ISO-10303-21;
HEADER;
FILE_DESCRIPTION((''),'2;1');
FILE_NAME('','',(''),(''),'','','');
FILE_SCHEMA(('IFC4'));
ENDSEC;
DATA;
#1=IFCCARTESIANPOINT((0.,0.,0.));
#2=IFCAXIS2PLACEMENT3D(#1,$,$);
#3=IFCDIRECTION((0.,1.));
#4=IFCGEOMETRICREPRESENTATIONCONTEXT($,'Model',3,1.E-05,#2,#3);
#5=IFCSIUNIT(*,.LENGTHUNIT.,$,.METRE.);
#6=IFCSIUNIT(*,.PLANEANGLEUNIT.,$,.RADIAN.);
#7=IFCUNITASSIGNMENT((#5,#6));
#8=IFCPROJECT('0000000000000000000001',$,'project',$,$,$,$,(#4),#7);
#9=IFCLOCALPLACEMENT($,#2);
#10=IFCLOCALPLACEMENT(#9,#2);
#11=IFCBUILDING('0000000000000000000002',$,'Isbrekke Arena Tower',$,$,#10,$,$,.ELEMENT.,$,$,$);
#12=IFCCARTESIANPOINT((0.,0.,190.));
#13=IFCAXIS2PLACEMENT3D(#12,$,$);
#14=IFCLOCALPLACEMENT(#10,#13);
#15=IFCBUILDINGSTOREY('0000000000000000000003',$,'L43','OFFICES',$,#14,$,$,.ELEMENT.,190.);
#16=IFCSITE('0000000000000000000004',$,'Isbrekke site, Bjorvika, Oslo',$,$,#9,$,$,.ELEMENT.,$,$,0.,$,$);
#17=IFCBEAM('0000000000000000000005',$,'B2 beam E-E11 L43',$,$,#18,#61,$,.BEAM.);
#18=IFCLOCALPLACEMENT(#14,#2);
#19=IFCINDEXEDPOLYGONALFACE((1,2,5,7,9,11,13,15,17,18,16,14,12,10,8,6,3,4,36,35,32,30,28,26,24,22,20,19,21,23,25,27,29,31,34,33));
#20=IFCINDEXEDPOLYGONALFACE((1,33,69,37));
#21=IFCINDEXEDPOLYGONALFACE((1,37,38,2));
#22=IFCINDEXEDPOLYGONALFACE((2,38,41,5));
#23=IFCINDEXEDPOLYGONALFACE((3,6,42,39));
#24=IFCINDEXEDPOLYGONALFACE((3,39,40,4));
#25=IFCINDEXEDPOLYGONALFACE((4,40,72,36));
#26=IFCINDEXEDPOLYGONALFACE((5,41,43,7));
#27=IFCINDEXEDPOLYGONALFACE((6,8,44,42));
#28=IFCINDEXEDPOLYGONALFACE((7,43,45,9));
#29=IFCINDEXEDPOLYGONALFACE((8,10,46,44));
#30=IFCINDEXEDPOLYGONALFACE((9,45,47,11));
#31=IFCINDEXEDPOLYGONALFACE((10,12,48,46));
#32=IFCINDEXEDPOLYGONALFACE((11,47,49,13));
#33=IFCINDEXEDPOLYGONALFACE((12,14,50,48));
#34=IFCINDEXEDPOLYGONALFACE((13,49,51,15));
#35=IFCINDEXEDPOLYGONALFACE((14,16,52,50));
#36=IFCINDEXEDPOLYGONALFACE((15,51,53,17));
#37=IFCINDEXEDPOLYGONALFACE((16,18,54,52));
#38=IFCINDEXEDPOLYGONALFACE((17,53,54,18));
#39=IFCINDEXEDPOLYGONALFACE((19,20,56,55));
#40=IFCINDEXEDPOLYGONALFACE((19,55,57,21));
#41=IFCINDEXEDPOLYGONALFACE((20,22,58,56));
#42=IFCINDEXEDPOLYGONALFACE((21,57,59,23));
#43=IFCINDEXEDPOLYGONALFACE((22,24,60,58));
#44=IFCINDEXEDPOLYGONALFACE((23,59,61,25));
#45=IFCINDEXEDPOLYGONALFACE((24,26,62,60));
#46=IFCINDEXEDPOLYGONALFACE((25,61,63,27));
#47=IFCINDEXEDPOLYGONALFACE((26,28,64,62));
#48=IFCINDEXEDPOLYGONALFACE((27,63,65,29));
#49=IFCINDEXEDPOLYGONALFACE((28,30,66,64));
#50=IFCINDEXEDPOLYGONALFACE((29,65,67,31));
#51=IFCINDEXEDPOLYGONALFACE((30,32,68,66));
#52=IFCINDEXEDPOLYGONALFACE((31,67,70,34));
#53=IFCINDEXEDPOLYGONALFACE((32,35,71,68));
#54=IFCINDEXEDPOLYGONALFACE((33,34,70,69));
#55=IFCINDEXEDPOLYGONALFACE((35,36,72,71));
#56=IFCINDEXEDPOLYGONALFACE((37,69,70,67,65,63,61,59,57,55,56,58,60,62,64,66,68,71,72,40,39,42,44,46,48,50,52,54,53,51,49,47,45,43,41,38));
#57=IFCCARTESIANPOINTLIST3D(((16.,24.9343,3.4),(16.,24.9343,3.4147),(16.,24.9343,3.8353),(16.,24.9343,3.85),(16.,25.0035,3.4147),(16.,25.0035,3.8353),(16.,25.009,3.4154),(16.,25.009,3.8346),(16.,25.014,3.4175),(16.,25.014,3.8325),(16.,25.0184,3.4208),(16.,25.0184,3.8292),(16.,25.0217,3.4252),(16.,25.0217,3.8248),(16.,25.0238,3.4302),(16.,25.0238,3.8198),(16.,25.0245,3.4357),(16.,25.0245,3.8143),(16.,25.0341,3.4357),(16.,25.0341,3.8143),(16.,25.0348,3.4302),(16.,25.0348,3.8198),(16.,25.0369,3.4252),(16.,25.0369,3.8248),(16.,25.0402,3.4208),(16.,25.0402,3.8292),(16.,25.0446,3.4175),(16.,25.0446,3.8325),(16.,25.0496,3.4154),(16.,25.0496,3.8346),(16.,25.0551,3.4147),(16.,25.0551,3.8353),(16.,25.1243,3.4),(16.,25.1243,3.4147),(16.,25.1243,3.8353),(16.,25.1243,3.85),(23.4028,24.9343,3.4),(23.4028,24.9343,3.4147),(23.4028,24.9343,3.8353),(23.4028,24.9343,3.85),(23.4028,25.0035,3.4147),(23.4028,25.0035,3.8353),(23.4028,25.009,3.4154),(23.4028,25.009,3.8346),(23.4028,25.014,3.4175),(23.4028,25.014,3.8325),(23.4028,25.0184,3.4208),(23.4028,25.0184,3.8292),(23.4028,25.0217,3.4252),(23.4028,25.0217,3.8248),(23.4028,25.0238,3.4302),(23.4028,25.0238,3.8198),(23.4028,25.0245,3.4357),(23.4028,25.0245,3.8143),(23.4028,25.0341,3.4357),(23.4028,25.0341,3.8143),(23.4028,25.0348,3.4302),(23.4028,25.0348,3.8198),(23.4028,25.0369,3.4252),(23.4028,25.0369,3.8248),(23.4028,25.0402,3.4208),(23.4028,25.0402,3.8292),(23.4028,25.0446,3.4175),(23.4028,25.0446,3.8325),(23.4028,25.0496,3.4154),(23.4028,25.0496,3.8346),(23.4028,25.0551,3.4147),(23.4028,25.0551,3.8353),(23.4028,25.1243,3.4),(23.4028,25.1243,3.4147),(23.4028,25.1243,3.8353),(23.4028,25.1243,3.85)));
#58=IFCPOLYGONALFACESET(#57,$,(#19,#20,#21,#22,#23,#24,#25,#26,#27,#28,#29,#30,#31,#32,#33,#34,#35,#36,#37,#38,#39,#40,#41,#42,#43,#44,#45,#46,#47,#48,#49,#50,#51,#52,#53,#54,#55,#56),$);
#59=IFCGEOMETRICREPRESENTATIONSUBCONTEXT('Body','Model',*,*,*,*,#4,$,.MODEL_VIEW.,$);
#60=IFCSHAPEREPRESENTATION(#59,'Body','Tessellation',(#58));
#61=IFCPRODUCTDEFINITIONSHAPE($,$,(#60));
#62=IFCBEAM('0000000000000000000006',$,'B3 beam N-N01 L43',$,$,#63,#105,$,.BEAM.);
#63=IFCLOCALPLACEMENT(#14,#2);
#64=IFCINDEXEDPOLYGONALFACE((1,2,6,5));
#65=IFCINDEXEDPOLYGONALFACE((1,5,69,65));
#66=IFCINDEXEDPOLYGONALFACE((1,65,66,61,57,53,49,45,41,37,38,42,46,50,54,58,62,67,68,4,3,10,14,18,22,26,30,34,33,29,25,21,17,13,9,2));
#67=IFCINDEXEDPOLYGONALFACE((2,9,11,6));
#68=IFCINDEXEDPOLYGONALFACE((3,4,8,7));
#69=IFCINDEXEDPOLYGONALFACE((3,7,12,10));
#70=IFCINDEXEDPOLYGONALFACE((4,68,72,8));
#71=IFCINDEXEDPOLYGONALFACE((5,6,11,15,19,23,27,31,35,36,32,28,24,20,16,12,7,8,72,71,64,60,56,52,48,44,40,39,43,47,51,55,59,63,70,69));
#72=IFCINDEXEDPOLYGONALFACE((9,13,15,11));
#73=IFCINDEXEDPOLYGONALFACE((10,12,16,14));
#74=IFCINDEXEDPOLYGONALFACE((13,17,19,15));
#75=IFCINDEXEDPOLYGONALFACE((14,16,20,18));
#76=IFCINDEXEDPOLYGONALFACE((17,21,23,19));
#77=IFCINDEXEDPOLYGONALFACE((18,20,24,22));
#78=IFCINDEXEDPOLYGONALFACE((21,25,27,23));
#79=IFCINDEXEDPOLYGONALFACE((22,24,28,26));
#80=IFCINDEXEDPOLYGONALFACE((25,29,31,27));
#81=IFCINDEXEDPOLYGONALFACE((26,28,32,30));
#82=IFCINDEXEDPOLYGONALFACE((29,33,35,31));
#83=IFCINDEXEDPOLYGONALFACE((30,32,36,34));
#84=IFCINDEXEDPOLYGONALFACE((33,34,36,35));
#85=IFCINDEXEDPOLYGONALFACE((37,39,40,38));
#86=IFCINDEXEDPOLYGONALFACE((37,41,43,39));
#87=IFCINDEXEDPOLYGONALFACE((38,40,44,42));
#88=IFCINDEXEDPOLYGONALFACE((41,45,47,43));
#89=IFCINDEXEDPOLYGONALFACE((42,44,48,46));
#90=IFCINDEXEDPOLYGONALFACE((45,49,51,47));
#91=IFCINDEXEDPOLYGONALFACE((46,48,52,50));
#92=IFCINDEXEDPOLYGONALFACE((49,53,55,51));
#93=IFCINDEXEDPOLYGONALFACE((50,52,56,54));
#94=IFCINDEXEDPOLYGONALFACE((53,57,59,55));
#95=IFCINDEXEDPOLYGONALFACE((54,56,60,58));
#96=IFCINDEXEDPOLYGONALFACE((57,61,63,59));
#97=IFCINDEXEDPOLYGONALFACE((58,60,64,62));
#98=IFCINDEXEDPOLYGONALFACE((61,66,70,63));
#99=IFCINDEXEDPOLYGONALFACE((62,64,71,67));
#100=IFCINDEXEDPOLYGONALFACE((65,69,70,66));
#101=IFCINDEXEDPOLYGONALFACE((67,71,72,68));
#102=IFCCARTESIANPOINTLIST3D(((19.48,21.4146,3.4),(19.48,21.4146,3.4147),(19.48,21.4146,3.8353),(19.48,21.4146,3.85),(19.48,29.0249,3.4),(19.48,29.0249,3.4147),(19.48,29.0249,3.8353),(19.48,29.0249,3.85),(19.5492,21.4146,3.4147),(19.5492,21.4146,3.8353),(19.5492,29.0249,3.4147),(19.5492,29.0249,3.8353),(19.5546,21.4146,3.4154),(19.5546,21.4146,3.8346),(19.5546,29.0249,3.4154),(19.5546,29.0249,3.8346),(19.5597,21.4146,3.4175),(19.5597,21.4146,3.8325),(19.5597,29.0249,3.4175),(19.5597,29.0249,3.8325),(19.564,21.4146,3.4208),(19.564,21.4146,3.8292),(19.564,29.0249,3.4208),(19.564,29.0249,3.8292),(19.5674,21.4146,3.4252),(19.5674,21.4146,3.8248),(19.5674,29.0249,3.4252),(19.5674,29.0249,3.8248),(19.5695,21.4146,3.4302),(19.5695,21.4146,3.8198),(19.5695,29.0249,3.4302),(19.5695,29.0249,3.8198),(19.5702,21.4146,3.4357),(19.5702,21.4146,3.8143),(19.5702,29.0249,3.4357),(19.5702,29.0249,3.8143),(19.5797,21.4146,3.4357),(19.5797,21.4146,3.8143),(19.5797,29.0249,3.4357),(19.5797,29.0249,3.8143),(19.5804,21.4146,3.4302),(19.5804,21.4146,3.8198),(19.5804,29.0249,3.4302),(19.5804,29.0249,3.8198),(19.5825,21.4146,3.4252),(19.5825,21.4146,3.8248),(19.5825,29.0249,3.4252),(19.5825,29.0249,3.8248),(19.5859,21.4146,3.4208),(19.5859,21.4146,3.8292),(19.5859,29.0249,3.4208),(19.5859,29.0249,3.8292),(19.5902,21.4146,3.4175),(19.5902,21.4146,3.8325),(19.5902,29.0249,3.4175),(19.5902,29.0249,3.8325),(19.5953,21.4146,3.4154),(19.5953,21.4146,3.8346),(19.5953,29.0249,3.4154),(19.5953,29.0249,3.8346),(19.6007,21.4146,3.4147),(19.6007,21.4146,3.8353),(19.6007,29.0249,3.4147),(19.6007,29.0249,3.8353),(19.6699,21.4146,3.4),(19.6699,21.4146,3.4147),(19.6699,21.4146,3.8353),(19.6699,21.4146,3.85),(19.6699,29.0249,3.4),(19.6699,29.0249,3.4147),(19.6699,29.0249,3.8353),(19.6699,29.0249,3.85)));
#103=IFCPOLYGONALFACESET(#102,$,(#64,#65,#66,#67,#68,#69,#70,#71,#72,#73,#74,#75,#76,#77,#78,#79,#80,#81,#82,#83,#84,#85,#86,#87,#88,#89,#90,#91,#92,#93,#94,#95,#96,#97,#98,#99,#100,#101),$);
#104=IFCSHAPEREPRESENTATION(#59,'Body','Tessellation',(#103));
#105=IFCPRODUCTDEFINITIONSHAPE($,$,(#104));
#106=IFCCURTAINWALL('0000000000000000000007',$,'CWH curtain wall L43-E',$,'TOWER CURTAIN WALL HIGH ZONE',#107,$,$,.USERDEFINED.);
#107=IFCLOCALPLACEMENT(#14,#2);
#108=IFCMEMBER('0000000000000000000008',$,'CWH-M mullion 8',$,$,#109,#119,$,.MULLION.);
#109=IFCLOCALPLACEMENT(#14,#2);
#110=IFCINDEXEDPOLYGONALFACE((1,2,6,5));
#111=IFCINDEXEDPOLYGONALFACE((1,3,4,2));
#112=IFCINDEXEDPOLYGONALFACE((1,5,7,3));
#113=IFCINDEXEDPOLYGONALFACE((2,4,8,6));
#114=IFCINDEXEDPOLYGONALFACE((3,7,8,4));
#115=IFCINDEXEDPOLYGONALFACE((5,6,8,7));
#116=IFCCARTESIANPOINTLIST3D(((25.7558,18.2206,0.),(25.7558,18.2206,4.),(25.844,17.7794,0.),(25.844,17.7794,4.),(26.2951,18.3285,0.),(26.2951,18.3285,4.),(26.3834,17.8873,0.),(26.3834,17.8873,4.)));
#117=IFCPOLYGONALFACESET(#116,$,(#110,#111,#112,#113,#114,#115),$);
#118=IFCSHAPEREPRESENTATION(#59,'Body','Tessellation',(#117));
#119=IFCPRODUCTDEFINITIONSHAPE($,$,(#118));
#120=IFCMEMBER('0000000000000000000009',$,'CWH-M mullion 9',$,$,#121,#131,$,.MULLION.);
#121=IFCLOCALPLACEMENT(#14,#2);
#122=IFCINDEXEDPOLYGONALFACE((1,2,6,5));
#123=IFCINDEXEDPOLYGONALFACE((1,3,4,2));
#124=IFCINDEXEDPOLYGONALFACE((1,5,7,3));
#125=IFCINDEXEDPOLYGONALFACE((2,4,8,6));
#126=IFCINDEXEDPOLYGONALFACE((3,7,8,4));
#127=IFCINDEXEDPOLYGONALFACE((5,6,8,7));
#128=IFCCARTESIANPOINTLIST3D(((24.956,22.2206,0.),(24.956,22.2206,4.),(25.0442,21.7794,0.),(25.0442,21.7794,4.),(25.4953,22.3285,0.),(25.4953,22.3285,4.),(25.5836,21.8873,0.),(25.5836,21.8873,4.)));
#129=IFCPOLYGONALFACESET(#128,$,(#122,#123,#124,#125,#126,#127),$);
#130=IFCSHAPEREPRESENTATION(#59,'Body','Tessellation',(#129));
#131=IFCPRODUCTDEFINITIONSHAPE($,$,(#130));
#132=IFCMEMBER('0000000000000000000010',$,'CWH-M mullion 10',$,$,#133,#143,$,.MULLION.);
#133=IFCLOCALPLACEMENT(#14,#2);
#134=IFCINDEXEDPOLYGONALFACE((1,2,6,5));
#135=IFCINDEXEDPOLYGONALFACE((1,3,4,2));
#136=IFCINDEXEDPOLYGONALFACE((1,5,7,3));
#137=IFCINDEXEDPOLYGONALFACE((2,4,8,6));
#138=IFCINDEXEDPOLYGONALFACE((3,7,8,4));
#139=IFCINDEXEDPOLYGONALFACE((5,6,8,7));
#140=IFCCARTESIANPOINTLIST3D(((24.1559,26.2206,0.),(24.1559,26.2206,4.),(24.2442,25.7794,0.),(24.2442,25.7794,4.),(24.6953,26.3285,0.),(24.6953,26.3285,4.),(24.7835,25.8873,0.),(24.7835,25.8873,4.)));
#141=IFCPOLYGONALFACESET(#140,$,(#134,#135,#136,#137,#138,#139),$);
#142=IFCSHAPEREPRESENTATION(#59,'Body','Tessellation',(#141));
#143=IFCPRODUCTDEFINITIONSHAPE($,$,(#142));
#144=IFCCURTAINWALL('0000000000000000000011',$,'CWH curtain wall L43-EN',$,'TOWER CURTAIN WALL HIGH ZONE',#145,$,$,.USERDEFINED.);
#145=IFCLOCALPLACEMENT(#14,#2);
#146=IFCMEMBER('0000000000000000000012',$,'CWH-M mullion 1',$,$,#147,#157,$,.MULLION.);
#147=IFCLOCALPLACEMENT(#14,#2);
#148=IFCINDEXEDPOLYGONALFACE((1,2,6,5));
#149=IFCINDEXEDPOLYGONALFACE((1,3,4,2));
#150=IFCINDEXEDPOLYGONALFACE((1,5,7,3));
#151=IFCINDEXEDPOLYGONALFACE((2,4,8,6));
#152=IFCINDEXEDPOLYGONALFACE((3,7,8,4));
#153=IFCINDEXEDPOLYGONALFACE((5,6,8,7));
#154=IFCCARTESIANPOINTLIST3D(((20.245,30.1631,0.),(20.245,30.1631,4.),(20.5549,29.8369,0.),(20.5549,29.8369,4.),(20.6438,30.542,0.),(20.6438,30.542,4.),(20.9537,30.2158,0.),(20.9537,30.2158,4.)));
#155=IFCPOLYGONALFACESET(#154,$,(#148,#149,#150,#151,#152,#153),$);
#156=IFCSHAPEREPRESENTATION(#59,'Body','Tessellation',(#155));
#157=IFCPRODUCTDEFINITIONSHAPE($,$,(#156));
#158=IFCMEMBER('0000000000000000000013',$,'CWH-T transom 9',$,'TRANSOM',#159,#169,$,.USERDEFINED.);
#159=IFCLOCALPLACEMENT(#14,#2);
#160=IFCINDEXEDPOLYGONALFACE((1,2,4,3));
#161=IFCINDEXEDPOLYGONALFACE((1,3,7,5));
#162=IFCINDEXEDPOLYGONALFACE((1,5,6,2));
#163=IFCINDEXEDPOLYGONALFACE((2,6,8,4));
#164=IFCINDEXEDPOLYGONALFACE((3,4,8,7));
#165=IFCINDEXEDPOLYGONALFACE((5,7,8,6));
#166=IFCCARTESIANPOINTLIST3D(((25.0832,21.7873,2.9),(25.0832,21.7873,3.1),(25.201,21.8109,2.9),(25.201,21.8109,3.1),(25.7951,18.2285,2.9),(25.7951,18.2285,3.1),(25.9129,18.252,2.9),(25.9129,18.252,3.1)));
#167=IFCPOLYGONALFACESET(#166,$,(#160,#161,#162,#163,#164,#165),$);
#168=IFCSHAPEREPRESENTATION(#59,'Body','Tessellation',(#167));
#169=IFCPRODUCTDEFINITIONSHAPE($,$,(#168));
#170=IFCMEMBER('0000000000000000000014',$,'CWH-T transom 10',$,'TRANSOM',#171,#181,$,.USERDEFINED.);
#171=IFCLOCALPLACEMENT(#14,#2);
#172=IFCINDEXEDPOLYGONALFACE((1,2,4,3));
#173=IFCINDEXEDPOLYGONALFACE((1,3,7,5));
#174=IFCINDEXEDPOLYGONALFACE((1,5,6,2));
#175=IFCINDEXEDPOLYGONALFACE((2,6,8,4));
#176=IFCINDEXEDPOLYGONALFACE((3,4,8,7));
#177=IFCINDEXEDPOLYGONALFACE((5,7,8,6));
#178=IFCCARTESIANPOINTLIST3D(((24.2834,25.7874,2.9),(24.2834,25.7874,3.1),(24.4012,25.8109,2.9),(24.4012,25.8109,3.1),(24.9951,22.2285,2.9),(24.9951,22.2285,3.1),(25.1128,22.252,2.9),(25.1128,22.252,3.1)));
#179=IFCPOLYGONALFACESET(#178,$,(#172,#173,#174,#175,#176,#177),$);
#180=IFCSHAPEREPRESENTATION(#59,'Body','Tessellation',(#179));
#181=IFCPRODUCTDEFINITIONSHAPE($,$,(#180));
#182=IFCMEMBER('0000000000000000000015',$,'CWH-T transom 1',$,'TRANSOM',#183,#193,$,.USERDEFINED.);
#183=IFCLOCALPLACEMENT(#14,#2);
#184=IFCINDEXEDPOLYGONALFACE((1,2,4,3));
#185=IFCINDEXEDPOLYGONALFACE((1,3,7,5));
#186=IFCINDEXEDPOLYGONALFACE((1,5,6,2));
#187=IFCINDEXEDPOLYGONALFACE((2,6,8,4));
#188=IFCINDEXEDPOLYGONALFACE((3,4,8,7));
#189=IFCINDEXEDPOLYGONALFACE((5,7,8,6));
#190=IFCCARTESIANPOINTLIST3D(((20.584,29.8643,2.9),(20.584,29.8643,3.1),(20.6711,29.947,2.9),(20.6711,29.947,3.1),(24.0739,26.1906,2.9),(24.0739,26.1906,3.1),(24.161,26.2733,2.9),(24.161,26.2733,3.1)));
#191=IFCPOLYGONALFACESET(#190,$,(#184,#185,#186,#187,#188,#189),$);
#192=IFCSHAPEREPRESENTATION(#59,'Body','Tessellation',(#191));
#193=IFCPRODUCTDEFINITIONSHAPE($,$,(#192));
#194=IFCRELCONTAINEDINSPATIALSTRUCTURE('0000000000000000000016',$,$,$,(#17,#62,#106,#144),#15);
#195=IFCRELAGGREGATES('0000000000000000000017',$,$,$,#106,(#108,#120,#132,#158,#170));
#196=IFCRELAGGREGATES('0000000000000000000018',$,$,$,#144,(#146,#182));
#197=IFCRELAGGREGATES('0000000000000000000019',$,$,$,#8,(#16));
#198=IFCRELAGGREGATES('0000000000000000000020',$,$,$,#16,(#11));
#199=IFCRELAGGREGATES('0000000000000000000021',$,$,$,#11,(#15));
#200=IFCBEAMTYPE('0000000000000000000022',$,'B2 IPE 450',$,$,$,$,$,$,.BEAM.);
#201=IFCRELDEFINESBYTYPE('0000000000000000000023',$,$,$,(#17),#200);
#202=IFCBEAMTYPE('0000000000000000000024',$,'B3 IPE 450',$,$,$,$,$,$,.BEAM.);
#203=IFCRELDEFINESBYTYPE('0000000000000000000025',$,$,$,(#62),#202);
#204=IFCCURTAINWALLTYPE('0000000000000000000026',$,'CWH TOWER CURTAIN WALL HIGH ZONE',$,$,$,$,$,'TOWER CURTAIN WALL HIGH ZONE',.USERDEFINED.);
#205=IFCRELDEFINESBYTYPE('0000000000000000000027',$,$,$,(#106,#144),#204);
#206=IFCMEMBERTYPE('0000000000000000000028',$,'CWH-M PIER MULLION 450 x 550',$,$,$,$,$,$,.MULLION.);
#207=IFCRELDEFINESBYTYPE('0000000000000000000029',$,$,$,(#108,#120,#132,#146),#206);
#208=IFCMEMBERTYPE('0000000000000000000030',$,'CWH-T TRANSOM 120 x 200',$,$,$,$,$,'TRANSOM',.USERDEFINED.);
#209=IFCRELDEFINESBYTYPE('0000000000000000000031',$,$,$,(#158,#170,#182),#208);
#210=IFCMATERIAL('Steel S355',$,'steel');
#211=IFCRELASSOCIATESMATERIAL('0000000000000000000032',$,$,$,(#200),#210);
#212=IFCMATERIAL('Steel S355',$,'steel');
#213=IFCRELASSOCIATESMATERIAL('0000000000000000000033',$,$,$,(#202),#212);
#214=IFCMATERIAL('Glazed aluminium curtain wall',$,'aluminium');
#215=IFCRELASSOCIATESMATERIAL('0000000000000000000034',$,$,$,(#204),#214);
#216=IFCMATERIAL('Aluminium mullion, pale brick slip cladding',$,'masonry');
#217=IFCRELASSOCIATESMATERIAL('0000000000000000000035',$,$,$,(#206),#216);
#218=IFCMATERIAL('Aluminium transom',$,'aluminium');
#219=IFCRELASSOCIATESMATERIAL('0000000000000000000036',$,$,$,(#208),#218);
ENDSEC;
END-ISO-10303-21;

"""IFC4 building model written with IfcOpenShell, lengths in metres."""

from ifc_helpers import new_model, si_unit, direction, frame, origin, origin_2d, place, context, subcontext, project, spatial, rectangle, i_section, extrude, material, material_profile, profile_set, type_object, element, aggregate, save


model = new_model("IFC4")

# Units and contexts
model_context = context("Model", 3, precision=1e-05, world=origin(), true_north=direction((0.0, 1.0)))
body_context = subcontext(model_context, "Body", "Model", "MODEL_VIEW")
ifc_project = project(units=[si_unit("LENGTHUNIT", "METRE"), si_unit("PLANEANGLEUNIT", "RADIAN")], contexts=[model_context])

# Site, building, storey
site_placement = place(None, origin())
site = spatial("IfcSite", under=ifc_project, at=site_placement, Name="Isbrekke site, Bjorvika, Oslo", CompositionType="ELEMENT", RefElevation=0.0)
building_placement = place(site_placement, origin())
building = spatial("IfcBuilding", under=site, at=building_placement, Name="Isbrekke Arena Tower", CompositionType="ELEMENT")
storey_placement = place(building_placement, frame((0.0, 0.0, 190.0)))
storey = spatial("IfcBuildingStorey", under=building, at=storey_placement, Name="L43", Description="OFFICES", CompositionType="ELEMENT", Elevation=190.0)

# Beams
ifc_material_1 = material(Name="Steel S355", Category="steel")
ifc_material_profile_1 = material_profile(ifc_material_1, i_section(OverallWidth=0.1899, OverallDepth=0.45, WebThickness=0.0095, FlangeThickness=0.0146, FilletRadius=0.021, at=origin_2d()), Name="IPE 450")
ifc_profile_set_1 = profile_set([ifc_material_profile_1], Name="Steel S355")
beam_type_1 = type_object("IfcBeamType", Name="B2 IPE 450", PredefinedType="BEAM", material=ifc_profile_set_1)
beam_1_placement = place(storey_placement, frame((23.4028, 25.0293, 3.625), z_axis=(-1.0, 0.0, 0.0), x_axis=(0.0, -1.0, 0.0)))
element("IfcBeam", 1, at=beam_1_placement, inside=storey, type_object=beam_type_1, Name="B2 beam E-E11 L43", PredefinedType="BEAM", context=body_context, shape_type="SweptSolid", body=[
    extrude(i_section(OverallWidth=0.1899, OverallDepth=0.45, WebThickness=0.0095, FlangeThickness=0.0146, FilletRadius=0.021, at=origin_2d()), origin(), (0.0, 0.0, 1.0), 7.4028),
])
ifc_material_2 = material(Name="Steel S355", Category="steel")
ifc_material_profile_2 = material_profile(ifc_material_2, i_section(OverallWidth=0.1899, OverallDepth=0.45, WebThickness=0.0095, FlangeThickness=0.0146, FilletRadius=0.021, at=origin_2d()), Name="IPE 450")
ifc_profile_set_2 = profile_set([ifc_material_profile_2], Name="Steel S355")
beam_type_2 = type_object("IfcBeamType", Name="B3 IPE 450", PredefinedType="BEAM", material=ifc_profile_set_2)
beam_2_placement = place(storey_placement, frame((19.575, 29.0249, 3.625), z_axis=(0.0, -1.0, 0.0), x_axis=(1.0, 0.0, 0.0)))
element("IfcBeam", 2, at=beam_2_placement, inside=storey, type_object=beam_type_2, Name="B3 beam N-N01 L43", PredefinedType="BEAM", context=body_context, shape_type="SweptSolid", body=[
    extrude(i_section(OverallWidth=0.1899, OverallDepth=0.45, WebThickness=0.0095, FlangeThickness=0.0146, FilletRadius=0.021, at=origin_2d()), origin(), (0.0, 0.0, 1.0), 7.6104),
])

# Curtain wall, members
ifc_material_3 = material(Name="Glazed aluminium curtain wall", Category="aluminium")
curtain_wall_type = type_object("IfcCurtainWallType", Name="CWH TOWER CURTAIN WALL HIGH ZONE", ElementType="TOWER CURTAIN WALL HIGH ZONE", PredefinedType="USERDEFINED", material=ifc_material_3)
curtain_wall_1_placement = place(storey_placement, origin())
curtain_wall_1 = element("IfcCurtainWall", 3, at=curtain_wall_1_placement, inside=storey, type_object=curtain_wall_type, Name="CWH curtain wall L43-E", ObjectType="TOWER CURTAIN WALL HIGH ZONE", PredefinedType="USERDEFINED")
ifc_material_4 = material(Name="Aluminium mullion, pale brick slip cladding", Category="masonry")
ifc_material_profile_3 = material_profile(ifc_material_4, rectangle(XDim=0.45, YDim=0.55, at=origin_2d()), Name="PIER 450X550")
ifc_profile_set_3 = profile_set([ifc_material_profile_3], Name="Aluminium mullion, pale brick slip cladding")
member_type_1 = type_object("IfcMemberType", Name="CWH-M PIER MULLION 450 x 550", PredefinedType="MULLION", material=ifc_profile_set_3)
member_1_placement = place(storey_placement, frame((26.0696, 18.054, 0.0), z_axis=(0.0, 0.0, 1.0), x_axis=(-0.196116, 0.980581, 0.0)))
member_1 = element("IfcMember", 4, at=member_1_placement, type_object=member_type_1, Name="CWH-M mullion 8", PredefinedType="MULLION", context=body_context, shape_type="SweptSolid", body=[
    extrude(rectangle(XDim=0.45, YDim=0.55, at=origin_2d()), origin(), (0.0, 0.0, 1.0), 4.0),
])
member_2_placement = place(storey_placement, frame((25.2698, 22.054, 0.0), z_axis=(0.0, 0.0, 1.0), x_axis=(-0.196116, 0.980581, 0.0)))
member_2 = element("IfcMember", 5, at=member_2_placement, type_object=member_type_1, Name="CWH-M mullion 9", PredefinedType="MULLION", context=body_context, shape_type="SweptSolid", body=[
    extrude(rectangle(XDim=0.45, YDim=0.55, at=origin_2d()), origin(), (0.0, 0.0, 1.0), 4.0),
])
member_3_placement = place(storey_placement, frame((24.4697, 26.054, 0.0), z_axis=(0.0, 0.0, 1.0), x_axis=(-0.196116, 0.980581, 0.0)))
member_3 = element("IfcMember", 6, at=member_3_placement, type_object=member_type_1, Name="CWH-M mullion 10", PredefinedType="MULLION", context=body_context, shape_type="SweptSolid", body=[
    extrude(rectangle(XDim=0.45, YDim=0.55, at=origin_2d()), origin(), (0.0, 0.0, 1.0), 4.0),
])

# Curtain wall, member
curtain_wall_2_placement = place(storey_placement, origin())
curtain_wall_2 = element("IfcCurtainWall", 7, at=curtain_wall_2_placement, inside=storey, type_object=curtain_wall_type, Name="CWH curtain wall L43-EN", ObjectType="TOWER CURTAIN WALL HIGH ZONE", PredefinedType="USERDEFINED")
member_4_placement = place(storey_placement, frame((20.5994, 30.1895, 0.0), z_axis=(0.0, 0.0, 1.0), x_axis=(-0.688749, 0.724999, 0.0)))
member_4 = element("IfcMember", 8, at=member_4_placement, type_object=member_type_1, Name="CWH-M mullion 1", PredefinedType="MULLION", context=body_context, shape_type="SweptSolid", body=[
    extrude(rectangle(XDim=0.45, YDim=0.55, at=origin_2d()), origin(), (0.0, 0.0, 1.0), 4.0),
])

# Members
ifc_material_5 = material(Name="Aluminium transom", Category="aluminium")
ifc_material_profile_4 = material_profile(ifc_material_5, rectangle(XDim=0.1201, YDim=0.2, at=origin_2d()), Name="TRANSOM 120X200")
ifc_profile_set_4 = profile_set([ifc_material_profile_4], Name="Aluminium transom")
member_type_2 = type_object("IfcMemberType", Name="CWH-T TRANSOM 120 x 200", ElementType="TRANSOM", PredefinedType="USERDEFINED", material=ifc_profile_set_4)
member_5_placement = place(storey_placement, frame((25.854, 18.2402, 3.0), z_axis=(-0.196155, 0.980573, 0.0), x_axis=(-0.980573, -0.196155, 0.0)))
member_5 = element("IfcMember", 9, at=member_5_placement, type_object=member_type_2, Name="CWH-T transom 9", ObjectType="TRANSOM", PredefinedType="USERDEFINED", context=body_context, shape_type="SweptSolid", body=[
    extrude(rectangle(XDim=0.1201, YDim=0.2, at=origin_2d()), origin(), (0.0, 0.0, 1.0), 3.6294),
])
member_6_placement = place(storey_placement, frame((25.054, 22.2402, 3.0), z_axis=(-0.19609, 0.980586, 0.0), x_axis=(-0.980586, -0.19609, 0.0)))
member_6 = element("IfcMember", 10, at=member_6_placement, type_object=member_type_2, Name="CWH-T transom 10", ObjectType="TRANSOM", PredefinedType="USERDEFINED", context=body_context, shape_type="SweptSolid", body=[
    extrude(rectangle(XDim=0.1201, YDim=0.2, at=origin_2d()), origin(), (0.0, 0.0, 1.0), 3.6294),
])
member_7_placement = place(storey_placement, frame((24.1174, 26.2319, 3.0), z_axis=(-0.688734, 0.725014, 0.0), x_axis=(-0.725014, -0.688734, 0.0)))
member_7 = element("IfcMember", 11, at=member_7_placement, type_object=member_type_2, Name="CWH-T transom 1", ObjectType="TRANSOM", PredefinedType="USERDEFINED", context=body_context, shape_type="SweptSolid", body=[
    extrude(rectangle(XDim=0.1201, YDim=0.2, at=origin_2d()), origin(), (0.0, 0.0, 1.0), 5.0671),
])

aggregate(curtain_wall_1, [member_1, member_2, member_3, member_5, member_6])
aggregate(curtain_wall_2, [member_4, member_7])

save(model, "model.ifc")
